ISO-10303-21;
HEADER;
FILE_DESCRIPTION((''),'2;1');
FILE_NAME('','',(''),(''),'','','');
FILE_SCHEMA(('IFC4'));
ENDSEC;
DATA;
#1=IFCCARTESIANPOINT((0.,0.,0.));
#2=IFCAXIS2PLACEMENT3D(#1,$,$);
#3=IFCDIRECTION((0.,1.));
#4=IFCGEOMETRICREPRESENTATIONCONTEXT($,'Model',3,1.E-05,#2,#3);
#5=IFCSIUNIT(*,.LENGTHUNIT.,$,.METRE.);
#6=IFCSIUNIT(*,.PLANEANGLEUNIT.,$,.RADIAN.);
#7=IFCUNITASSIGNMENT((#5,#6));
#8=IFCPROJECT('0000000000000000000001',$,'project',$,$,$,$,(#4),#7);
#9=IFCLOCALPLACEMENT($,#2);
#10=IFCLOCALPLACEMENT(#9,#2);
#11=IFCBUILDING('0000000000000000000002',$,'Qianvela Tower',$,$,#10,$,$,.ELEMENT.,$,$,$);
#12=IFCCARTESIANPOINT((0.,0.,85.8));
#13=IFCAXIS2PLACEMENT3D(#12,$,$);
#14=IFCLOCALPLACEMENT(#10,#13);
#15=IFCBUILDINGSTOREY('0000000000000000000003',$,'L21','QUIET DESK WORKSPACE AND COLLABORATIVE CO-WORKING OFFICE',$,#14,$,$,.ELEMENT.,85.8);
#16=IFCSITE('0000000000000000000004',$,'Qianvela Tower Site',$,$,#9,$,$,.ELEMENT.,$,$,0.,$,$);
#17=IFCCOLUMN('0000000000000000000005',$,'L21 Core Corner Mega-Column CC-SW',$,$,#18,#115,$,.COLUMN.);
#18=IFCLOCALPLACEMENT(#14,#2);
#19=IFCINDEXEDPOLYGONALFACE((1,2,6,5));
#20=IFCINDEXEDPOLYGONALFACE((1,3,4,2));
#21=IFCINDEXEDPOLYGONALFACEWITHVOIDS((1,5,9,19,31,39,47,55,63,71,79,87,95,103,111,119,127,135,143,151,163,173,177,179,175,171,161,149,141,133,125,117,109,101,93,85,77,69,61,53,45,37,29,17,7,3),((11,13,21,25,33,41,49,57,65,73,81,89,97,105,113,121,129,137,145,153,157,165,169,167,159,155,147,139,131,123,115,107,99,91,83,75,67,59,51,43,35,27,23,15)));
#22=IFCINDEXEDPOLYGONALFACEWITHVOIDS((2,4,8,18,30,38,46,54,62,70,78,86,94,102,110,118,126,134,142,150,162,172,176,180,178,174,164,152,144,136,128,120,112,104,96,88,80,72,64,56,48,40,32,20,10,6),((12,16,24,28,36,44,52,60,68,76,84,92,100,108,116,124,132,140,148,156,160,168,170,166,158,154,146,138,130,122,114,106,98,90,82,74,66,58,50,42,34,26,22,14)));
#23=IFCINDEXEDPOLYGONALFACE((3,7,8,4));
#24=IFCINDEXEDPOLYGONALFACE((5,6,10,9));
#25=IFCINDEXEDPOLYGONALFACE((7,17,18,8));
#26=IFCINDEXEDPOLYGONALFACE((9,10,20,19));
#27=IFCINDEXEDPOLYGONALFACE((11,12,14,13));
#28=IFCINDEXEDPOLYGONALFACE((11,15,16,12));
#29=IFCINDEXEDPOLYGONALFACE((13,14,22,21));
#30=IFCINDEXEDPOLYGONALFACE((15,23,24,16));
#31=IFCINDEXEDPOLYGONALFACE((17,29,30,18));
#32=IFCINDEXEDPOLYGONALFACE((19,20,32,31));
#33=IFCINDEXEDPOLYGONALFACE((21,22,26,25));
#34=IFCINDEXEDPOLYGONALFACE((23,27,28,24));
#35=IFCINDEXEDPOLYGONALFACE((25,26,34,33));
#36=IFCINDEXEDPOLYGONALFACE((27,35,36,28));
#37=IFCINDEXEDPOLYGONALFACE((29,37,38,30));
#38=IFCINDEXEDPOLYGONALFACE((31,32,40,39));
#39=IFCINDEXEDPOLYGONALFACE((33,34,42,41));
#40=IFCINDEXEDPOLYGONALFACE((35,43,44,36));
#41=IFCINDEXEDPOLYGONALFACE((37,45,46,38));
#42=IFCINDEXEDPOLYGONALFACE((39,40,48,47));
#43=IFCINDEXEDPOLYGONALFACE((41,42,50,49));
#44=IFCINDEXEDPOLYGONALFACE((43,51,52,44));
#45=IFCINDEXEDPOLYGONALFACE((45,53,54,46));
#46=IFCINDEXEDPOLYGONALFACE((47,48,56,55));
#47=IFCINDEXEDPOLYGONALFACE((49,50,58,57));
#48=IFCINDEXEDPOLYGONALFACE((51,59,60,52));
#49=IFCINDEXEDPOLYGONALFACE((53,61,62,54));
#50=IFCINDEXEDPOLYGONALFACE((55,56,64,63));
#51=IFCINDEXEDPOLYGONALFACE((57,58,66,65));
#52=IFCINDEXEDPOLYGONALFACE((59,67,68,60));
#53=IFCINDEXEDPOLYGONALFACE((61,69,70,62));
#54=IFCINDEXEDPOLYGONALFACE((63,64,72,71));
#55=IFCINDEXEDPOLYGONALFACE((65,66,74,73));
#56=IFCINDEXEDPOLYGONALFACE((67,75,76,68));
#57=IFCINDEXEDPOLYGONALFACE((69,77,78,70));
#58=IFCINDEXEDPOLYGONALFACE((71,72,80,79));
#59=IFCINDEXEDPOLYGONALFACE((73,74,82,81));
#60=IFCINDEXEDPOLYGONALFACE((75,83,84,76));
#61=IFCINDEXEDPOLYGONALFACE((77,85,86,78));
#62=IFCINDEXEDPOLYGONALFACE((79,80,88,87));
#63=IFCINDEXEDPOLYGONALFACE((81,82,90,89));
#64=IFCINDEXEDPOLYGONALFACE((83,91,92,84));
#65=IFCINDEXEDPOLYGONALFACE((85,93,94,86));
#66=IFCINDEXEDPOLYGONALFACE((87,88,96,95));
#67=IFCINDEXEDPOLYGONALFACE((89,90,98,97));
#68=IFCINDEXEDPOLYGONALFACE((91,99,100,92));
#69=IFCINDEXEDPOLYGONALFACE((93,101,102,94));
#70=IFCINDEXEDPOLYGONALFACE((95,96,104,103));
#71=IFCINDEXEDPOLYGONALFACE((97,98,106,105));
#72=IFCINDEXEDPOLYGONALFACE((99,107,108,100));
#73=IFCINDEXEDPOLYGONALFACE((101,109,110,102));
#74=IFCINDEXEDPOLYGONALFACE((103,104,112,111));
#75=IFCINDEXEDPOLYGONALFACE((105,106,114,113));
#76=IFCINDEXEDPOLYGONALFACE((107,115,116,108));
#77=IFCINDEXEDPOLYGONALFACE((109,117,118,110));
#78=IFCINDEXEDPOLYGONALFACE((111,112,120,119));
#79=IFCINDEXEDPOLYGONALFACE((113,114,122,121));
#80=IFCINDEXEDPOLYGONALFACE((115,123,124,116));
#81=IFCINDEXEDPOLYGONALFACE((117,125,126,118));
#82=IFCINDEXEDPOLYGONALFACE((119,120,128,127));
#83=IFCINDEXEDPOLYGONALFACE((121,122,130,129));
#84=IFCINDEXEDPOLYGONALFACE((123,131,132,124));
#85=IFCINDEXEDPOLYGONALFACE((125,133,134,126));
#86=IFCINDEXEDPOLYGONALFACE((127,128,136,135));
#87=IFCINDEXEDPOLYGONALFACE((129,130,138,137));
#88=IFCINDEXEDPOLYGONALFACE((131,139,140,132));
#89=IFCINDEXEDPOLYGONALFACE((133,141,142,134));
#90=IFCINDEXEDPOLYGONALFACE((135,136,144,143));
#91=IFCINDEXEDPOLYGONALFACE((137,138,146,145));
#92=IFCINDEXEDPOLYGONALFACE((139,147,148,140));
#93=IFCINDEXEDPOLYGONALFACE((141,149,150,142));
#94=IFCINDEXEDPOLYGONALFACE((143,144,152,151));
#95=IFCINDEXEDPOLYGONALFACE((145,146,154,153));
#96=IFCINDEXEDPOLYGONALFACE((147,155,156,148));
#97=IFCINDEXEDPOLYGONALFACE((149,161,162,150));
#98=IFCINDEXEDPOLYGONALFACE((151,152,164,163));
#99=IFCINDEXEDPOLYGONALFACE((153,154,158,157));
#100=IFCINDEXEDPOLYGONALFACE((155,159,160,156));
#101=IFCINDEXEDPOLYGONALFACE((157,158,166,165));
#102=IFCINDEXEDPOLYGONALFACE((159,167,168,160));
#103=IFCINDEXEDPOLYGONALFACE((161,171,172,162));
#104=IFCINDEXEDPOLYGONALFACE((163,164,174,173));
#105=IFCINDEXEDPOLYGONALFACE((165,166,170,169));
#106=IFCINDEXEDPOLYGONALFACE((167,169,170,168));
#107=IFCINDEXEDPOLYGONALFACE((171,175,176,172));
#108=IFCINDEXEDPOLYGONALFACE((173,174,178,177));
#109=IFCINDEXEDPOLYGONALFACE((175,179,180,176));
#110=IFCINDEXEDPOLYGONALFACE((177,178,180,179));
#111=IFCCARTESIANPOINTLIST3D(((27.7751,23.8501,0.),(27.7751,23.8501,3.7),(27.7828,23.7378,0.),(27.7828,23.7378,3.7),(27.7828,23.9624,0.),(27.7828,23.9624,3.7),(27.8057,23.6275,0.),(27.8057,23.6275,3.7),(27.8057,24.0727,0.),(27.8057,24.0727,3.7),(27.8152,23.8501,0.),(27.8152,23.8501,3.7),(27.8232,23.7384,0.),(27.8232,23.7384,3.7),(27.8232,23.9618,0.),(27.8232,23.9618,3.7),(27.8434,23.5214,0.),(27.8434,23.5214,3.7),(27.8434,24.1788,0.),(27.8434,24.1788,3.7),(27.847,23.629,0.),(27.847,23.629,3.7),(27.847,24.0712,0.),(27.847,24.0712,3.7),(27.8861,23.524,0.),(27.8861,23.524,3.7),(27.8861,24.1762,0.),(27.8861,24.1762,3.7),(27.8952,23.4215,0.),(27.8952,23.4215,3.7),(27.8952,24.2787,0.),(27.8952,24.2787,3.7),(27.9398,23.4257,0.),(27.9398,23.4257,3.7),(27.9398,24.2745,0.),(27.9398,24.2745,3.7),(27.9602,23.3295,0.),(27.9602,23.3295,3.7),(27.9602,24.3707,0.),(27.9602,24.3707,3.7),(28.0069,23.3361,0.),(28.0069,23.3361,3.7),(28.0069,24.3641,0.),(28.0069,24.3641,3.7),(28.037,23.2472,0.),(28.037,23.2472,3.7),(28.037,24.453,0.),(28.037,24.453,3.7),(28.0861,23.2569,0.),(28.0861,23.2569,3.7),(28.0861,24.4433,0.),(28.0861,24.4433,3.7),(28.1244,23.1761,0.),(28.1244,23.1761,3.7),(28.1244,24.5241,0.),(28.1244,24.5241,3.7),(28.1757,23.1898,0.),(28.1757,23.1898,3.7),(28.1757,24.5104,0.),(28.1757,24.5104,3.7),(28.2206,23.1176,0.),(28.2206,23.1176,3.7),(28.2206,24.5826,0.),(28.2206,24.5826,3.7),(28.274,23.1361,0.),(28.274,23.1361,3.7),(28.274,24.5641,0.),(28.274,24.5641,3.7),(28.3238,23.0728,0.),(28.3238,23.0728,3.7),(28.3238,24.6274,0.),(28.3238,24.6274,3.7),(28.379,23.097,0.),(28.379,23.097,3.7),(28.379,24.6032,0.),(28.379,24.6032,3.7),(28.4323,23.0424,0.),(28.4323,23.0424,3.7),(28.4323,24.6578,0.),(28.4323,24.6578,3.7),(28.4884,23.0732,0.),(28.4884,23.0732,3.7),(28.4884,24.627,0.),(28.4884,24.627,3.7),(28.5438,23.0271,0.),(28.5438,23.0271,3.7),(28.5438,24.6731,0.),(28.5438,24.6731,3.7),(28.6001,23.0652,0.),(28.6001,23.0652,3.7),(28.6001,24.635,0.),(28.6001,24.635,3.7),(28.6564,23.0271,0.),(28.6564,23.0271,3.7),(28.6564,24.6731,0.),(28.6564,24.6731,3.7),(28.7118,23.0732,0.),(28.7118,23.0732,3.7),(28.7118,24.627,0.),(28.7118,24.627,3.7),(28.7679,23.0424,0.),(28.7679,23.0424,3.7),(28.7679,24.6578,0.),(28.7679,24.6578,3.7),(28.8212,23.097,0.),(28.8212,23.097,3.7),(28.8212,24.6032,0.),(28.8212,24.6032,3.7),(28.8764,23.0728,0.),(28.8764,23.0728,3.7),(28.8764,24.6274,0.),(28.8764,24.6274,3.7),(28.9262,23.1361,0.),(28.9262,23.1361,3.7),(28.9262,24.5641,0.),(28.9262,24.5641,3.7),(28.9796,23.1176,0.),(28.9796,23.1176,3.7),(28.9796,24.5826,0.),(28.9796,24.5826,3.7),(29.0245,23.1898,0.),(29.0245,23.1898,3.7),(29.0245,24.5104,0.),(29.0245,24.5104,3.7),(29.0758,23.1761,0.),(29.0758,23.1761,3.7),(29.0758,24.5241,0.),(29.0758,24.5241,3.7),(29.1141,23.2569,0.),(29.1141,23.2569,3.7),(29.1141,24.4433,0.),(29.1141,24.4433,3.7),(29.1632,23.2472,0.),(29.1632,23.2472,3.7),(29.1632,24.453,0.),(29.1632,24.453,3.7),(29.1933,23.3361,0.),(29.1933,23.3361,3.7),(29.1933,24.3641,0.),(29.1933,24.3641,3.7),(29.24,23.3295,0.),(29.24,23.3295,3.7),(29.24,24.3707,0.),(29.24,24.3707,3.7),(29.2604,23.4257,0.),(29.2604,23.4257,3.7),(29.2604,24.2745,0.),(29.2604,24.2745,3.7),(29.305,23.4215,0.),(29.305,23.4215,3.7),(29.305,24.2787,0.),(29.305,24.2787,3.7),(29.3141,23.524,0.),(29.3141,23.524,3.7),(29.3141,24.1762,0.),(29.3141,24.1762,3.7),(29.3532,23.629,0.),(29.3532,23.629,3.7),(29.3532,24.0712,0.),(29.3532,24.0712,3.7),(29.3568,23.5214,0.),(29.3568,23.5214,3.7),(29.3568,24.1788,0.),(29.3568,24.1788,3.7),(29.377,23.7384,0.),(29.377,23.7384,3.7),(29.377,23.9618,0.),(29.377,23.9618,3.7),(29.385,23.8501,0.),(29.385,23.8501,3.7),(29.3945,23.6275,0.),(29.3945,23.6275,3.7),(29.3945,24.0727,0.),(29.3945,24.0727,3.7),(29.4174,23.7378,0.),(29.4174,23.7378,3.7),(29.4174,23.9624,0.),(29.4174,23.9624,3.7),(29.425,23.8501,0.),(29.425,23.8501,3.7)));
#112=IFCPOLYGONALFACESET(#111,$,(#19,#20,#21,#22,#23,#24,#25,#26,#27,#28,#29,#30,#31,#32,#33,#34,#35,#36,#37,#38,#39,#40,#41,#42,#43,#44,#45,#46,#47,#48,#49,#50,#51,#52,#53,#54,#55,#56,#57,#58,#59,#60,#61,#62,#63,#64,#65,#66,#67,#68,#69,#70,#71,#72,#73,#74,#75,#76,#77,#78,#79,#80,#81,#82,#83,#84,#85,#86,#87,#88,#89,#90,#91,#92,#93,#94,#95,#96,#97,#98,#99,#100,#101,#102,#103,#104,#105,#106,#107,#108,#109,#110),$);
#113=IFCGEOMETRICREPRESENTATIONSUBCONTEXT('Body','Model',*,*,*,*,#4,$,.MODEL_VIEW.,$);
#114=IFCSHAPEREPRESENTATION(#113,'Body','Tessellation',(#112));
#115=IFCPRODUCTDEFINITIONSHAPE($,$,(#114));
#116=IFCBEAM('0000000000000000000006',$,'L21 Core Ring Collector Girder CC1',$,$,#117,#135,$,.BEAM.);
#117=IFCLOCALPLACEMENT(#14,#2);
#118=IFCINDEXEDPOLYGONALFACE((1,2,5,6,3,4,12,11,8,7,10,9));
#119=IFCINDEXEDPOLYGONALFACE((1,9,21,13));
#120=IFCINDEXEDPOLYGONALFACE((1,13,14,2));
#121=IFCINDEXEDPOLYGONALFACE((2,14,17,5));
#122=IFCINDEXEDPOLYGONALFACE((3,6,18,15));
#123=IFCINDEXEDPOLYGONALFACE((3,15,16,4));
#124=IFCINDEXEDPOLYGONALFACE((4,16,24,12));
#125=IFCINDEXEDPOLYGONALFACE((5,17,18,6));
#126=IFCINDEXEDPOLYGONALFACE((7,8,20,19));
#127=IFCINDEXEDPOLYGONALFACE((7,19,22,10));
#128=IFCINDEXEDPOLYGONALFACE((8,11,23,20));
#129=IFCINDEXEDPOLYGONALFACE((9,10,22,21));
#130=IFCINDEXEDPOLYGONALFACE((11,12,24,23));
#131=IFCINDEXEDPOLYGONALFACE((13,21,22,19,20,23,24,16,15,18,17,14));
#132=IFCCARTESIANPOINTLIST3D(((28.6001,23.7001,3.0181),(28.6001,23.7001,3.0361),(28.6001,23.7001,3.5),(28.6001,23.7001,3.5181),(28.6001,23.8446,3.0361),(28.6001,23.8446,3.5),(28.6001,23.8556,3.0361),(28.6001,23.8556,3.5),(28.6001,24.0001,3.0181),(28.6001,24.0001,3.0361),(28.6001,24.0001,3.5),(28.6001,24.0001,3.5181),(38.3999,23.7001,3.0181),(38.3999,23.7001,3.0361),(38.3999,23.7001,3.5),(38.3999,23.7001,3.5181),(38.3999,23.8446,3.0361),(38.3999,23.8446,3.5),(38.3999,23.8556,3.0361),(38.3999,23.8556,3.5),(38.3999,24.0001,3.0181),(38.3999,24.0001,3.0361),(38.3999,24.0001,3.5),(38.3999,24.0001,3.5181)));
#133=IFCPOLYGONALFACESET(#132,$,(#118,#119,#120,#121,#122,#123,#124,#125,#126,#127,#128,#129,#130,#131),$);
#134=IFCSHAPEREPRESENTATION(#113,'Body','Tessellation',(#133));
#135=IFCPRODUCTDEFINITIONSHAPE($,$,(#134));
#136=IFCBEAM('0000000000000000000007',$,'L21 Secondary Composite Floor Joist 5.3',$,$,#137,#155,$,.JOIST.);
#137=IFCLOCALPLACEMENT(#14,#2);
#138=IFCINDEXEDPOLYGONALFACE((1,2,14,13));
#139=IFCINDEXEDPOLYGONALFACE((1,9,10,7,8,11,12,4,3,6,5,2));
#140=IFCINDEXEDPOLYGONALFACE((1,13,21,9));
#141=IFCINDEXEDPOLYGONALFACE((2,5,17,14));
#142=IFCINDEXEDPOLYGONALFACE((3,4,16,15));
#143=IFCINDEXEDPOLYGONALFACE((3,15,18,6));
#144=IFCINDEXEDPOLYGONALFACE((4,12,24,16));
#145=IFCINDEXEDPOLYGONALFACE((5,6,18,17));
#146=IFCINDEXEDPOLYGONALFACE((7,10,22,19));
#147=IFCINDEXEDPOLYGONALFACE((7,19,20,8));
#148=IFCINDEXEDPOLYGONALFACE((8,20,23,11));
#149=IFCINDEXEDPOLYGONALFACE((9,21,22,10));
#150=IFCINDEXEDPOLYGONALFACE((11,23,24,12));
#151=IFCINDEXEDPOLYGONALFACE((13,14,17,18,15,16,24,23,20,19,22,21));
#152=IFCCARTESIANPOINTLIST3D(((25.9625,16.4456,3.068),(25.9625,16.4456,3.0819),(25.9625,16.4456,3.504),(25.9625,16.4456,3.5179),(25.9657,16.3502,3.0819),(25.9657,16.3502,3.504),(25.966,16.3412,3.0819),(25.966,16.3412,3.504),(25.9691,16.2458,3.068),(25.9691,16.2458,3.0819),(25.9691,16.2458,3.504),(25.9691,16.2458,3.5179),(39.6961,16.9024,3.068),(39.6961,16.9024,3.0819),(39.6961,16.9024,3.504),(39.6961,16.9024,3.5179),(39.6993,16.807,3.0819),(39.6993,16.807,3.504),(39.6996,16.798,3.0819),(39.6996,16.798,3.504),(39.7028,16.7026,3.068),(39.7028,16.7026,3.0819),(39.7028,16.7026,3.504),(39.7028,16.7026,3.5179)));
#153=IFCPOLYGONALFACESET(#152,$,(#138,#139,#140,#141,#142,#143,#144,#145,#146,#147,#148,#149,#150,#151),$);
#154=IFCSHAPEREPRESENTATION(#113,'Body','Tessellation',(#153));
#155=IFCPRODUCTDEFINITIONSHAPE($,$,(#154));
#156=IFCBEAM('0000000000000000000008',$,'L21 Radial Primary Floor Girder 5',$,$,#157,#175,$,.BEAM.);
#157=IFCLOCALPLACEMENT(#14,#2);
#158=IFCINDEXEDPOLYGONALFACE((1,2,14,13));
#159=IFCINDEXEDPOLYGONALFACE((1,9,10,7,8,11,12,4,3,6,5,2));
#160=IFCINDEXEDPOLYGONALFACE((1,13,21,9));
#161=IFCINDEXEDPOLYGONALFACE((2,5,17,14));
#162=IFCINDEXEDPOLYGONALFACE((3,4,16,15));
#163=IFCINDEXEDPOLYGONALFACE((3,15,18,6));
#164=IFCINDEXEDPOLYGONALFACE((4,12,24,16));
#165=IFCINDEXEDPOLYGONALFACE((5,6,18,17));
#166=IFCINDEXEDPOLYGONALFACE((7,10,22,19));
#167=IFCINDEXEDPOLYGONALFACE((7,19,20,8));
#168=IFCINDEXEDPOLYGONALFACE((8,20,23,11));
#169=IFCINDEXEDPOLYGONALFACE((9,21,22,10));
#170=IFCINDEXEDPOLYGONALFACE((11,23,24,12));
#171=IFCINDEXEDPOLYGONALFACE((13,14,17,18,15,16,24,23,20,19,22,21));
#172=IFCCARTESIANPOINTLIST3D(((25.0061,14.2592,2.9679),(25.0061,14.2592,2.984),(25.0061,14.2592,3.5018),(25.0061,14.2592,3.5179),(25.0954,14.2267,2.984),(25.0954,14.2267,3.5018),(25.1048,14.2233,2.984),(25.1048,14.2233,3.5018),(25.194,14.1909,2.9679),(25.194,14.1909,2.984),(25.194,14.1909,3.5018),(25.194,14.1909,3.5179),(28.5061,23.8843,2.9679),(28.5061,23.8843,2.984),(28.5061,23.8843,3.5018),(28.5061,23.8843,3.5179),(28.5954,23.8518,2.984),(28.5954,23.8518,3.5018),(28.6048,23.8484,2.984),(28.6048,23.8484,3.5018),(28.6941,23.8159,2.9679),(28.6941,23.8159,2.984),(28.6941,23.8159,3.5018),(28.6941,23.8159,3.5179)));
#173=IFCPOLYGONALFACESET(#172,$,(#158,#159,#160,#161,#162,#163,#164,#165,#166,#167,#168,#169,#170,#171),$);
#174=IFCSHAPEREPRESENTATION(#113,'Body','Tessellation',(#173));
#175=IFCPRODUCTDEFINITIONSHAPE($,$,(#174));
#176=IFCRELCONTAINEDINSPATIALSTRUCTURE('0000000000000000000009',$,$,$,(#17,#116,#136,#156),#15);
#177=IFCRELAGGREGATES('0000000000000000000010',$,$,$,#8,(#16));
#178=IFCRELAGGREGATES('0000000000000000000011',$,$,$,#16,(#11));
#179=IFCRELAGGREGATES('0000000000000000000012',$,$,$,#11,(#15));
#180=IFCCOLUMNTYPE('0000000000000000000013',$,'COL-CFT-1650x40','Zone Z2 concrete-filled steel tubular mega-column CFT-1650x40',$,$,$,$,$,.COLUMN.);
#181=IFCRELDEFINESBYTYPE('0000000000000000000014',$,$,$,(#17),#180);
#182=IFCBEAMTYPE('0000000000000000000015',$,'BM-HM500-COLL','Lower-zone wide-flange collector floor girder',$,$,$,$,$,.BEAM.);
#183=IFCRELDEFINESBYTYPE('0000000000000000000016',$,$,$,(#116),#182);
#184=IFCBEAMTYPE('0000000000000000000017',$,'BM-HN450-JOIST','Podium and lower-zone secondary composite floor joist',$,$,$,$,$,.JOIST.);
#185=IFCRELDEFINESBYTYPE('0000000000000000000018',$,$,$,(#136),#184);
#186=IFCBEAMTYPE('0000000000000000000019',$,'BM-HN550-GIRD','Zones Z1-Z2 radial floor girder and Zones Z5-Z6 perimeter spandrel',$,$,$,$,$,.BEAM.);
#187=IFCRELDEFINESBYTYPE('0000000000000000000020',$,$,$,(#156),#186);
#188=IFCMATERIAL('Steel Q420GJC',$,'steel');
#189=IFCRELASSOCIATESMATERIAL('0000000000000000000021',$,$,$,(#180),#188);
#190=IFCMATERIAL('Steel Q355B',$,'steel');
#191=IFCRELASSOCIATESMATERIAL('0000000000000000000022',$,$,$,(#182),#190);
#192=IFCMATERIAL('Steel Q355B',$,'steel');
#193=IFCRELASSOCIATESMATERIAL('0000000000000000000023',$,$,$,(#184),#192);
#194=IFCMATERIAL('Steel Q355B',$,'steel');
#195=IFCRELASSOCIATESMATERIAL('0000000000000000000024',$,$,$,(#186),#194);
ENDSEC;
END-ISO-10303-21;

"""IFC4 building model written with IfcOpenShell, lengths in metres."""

from ifc_helpers import new_model, si_unit, direction, frame, origin, origin_2d, place, context, subcontext, project, spatial, hollow_circle, i_section, extrude, material, material_profile, profile_set, type_object, element, save


model = new_model("IFC4")

# Units and contexts
model_context = context("Model", 3, precision=1e-05, world=origin(), true_north=direction((0.0, 1.0)))
body_context = subcontext(model_context, "Body", "Model", "MODEL_VIEW")
ifc_project = project(units=[si_unit("LENGTHUNIT", "METRE"), si_unit("PLANEANGLEUNIT", "RADIAN")], contexts=[model_context])

# Site, building, storey
site_placement = place(None, origin())
site = spatial("IfcSite", under=ifc_project, at=site_placement, Name="Qianvela Tower Site", CompositionType="ELEMENT", RefElevation=0.0)
building_placement = place(site_placement, origin())
building = spatial("IfcBuilding", under=site, at=building_placement, Name="Qianvela Tower", CompositionType="ELEMENT")
storey_placement = place(building_placement, frame((0.0, 0.0, 85.8)))
storey = spatial("IfcBuildingStorey", under=building, at=storey_placement, Name="L21", Description="QUIET DESK WORKSPACE AND COLLABORATIVE CO-WORKING OFFICE", CompositionType="ELEMENT", Elevation=85.8)

# Column
ifc_material_1 = material(Name="Steel Q420GJC", Category="steel")
ifc_material_profile_1 = material_profile(ifc_material_1, hollow_circle(Radius=0.825, WallThickness=0.04, at=origin_2d()), Name="CFT-1650x40")
ifc_profile_set_1 = profile_set([ifc_material_profile_1], Name="Steel Q420GJC")
column_type = type_object("IfcColumnType", Name="COL-CFT-1650x40", Description="Zone Z2 concrete-filled steel tubular mega-column CFT-1650x40", PredefinedType="COLUMN", material=ifc_profile_set_1)
column_placement = place(storey_placement, frame((28.6001, 23.8501, 0.0), z_axis=(0.0, 0.0, 1.0), x_axis=(1.0, 0.0, 0.0)))
element("IfcColumn", 1, at=column_placement, inside=storey, type_object=column_type, Name="L21 Core Corner Mega-Column CC-SW", PredefinedType="COLUMN", context=body_context, shape_type="SweptSolid", body=[
    extrude(hollow_circle(Radius=0.825, WallThickness=0.04, at=origin_2d()), origin(), (0.0, 0.0, 1.0), 3.7),
])

# Beams
ifc_material_2 = material(Name="Steel Q355B", Category="steel")
ifc_material_profile_2 = material_profile(ifc_material_2, i_section(OverallWidth=0.3, OverallDepth=0.5, WebThickness=0.011, FlangeThickness=0.0181, at=origin_2d()), Name="HM500x300x11x18")
ifc_profile_set_2 = profile_set([ifc_material_profile_2], Name="Steel Q355B")
beam_type_1 = type_object("IfcBeamType", Name="BM-HM500-COLL", Description="Lower-zone wide-flange collector floor girder", PredefinedType="BEAM", material=ifc_profile_set_2)
beam_1_placement = place(storey_placement, frame((28.6001, 23.8501, 3.2681), z_axis=(1.0, 0.0, 0.0), x_axis=(0.0, 1.0, 0.0)))
element("IfcBeam", 2, at=beam_1_placement, inside=storey, type_object=beam_type_1, Name="L21 Core Ring Collector Girder CC1", PredefinedType="BEAM", context=body_context, shape_type="SweptSolid", body=[
    extrude(i_section(OverallWidth=0.3, OverallDepth=0.5, WebThickness=0.011, FlangeThickness=0.0181, at=origin_2d()), origin(), (0.0, 0.0, 1.0), 9.7998),
])
ifc_material_3 = material(Name="Steel Q355B", Category="steel")
ifc_material_profile_3 = material_profile(ifc_material_3, i_section(OverallWidth=0.2, OverallDepth=0.45, WebThickness=0.009, FlangeThickness=0.0139, at=origin_2d()), Name="HN450x200x9x14")
ifc_profile_set_3 = profile_set([ifc_material_profile_3], Name="Steel Q355B")
beam_type_2 = type_object("IfcBeamType", Name="BM-HN450-JOIST", Description="Podium and lower-zone secondary composite floor joist", PredefinedType="JOIST", material=ifc_profile_set_3)
beam_2_placement = place(storey_placement, frame((25.9658, 16.3457, 3.293), z_axis=(0.999447, 0.033242, 0.0), x_axis=(-0.033242, 0.999447, 0.0)))
element("IfcBeam", 3, at=beam_2_placement, inside=storey, type_object=beam_type_2, Name="L21 Secondary Composite Floor Joist 5.3", PredefinedType="JOIST", context=body_context, shape_type="SweptSolid", body=[
    extrude(i_section(OverallWidth=0.2, OverallDepth=0.45, WebThickness=0.009, FlangeThickness=0.0139, at=origin_2d()), origin(), (0.0, 0.0, 1.0), 13.7412),
])
ifc_material_4 = material(Name="Steel Q355B", Category="steel")
ifc_material_profile_4 = material_profile(ifc_material_4, i_section(OverallWidth=0.2, OverallDepth=0.55, WebThickness=0.01, FlangeThickness=0.0161, at=origin_2d()), Name="HN550x200x10x16")
ifc_profile_set_4 = profile_set([ifc_material_profile_4], Name="Steel Q355B")
beam_type_3 = type_object("IfcBeamType", Name="BM-HN550-GIRD", Description="Zones Z1-Z2 radial floor girder and Zones Z5-Z6 perimeter spandrel", PredefinedType="BEAM", material=ifc_profile_set_4)
beam_3_placement = place(storey_placement, frame((28.6001, 23.8501, 3.2429), z_axis=(-0.341743, -0.939793, 0.0), x_axis=(0.939793, -0.341743, 0.0)))
element("IfcBeam", 4, at=beam_3_placement, inside=storey, type_object=beam_type_3, Name="L21 Radial Primary Floor Girder 5", PredefinedType="BEAM", context=body_context, shape_type="SweptSolid", body=[
    extrude(i_section(OverallWidth=0.2, OverallDepth=0.55, WebThickness=0.01, FlangeThickness=0.0161, at=origin_2d()), origin(), (0.0, 0.0, 1.0), 10.2417),
])

save(model, "model.ifc")
